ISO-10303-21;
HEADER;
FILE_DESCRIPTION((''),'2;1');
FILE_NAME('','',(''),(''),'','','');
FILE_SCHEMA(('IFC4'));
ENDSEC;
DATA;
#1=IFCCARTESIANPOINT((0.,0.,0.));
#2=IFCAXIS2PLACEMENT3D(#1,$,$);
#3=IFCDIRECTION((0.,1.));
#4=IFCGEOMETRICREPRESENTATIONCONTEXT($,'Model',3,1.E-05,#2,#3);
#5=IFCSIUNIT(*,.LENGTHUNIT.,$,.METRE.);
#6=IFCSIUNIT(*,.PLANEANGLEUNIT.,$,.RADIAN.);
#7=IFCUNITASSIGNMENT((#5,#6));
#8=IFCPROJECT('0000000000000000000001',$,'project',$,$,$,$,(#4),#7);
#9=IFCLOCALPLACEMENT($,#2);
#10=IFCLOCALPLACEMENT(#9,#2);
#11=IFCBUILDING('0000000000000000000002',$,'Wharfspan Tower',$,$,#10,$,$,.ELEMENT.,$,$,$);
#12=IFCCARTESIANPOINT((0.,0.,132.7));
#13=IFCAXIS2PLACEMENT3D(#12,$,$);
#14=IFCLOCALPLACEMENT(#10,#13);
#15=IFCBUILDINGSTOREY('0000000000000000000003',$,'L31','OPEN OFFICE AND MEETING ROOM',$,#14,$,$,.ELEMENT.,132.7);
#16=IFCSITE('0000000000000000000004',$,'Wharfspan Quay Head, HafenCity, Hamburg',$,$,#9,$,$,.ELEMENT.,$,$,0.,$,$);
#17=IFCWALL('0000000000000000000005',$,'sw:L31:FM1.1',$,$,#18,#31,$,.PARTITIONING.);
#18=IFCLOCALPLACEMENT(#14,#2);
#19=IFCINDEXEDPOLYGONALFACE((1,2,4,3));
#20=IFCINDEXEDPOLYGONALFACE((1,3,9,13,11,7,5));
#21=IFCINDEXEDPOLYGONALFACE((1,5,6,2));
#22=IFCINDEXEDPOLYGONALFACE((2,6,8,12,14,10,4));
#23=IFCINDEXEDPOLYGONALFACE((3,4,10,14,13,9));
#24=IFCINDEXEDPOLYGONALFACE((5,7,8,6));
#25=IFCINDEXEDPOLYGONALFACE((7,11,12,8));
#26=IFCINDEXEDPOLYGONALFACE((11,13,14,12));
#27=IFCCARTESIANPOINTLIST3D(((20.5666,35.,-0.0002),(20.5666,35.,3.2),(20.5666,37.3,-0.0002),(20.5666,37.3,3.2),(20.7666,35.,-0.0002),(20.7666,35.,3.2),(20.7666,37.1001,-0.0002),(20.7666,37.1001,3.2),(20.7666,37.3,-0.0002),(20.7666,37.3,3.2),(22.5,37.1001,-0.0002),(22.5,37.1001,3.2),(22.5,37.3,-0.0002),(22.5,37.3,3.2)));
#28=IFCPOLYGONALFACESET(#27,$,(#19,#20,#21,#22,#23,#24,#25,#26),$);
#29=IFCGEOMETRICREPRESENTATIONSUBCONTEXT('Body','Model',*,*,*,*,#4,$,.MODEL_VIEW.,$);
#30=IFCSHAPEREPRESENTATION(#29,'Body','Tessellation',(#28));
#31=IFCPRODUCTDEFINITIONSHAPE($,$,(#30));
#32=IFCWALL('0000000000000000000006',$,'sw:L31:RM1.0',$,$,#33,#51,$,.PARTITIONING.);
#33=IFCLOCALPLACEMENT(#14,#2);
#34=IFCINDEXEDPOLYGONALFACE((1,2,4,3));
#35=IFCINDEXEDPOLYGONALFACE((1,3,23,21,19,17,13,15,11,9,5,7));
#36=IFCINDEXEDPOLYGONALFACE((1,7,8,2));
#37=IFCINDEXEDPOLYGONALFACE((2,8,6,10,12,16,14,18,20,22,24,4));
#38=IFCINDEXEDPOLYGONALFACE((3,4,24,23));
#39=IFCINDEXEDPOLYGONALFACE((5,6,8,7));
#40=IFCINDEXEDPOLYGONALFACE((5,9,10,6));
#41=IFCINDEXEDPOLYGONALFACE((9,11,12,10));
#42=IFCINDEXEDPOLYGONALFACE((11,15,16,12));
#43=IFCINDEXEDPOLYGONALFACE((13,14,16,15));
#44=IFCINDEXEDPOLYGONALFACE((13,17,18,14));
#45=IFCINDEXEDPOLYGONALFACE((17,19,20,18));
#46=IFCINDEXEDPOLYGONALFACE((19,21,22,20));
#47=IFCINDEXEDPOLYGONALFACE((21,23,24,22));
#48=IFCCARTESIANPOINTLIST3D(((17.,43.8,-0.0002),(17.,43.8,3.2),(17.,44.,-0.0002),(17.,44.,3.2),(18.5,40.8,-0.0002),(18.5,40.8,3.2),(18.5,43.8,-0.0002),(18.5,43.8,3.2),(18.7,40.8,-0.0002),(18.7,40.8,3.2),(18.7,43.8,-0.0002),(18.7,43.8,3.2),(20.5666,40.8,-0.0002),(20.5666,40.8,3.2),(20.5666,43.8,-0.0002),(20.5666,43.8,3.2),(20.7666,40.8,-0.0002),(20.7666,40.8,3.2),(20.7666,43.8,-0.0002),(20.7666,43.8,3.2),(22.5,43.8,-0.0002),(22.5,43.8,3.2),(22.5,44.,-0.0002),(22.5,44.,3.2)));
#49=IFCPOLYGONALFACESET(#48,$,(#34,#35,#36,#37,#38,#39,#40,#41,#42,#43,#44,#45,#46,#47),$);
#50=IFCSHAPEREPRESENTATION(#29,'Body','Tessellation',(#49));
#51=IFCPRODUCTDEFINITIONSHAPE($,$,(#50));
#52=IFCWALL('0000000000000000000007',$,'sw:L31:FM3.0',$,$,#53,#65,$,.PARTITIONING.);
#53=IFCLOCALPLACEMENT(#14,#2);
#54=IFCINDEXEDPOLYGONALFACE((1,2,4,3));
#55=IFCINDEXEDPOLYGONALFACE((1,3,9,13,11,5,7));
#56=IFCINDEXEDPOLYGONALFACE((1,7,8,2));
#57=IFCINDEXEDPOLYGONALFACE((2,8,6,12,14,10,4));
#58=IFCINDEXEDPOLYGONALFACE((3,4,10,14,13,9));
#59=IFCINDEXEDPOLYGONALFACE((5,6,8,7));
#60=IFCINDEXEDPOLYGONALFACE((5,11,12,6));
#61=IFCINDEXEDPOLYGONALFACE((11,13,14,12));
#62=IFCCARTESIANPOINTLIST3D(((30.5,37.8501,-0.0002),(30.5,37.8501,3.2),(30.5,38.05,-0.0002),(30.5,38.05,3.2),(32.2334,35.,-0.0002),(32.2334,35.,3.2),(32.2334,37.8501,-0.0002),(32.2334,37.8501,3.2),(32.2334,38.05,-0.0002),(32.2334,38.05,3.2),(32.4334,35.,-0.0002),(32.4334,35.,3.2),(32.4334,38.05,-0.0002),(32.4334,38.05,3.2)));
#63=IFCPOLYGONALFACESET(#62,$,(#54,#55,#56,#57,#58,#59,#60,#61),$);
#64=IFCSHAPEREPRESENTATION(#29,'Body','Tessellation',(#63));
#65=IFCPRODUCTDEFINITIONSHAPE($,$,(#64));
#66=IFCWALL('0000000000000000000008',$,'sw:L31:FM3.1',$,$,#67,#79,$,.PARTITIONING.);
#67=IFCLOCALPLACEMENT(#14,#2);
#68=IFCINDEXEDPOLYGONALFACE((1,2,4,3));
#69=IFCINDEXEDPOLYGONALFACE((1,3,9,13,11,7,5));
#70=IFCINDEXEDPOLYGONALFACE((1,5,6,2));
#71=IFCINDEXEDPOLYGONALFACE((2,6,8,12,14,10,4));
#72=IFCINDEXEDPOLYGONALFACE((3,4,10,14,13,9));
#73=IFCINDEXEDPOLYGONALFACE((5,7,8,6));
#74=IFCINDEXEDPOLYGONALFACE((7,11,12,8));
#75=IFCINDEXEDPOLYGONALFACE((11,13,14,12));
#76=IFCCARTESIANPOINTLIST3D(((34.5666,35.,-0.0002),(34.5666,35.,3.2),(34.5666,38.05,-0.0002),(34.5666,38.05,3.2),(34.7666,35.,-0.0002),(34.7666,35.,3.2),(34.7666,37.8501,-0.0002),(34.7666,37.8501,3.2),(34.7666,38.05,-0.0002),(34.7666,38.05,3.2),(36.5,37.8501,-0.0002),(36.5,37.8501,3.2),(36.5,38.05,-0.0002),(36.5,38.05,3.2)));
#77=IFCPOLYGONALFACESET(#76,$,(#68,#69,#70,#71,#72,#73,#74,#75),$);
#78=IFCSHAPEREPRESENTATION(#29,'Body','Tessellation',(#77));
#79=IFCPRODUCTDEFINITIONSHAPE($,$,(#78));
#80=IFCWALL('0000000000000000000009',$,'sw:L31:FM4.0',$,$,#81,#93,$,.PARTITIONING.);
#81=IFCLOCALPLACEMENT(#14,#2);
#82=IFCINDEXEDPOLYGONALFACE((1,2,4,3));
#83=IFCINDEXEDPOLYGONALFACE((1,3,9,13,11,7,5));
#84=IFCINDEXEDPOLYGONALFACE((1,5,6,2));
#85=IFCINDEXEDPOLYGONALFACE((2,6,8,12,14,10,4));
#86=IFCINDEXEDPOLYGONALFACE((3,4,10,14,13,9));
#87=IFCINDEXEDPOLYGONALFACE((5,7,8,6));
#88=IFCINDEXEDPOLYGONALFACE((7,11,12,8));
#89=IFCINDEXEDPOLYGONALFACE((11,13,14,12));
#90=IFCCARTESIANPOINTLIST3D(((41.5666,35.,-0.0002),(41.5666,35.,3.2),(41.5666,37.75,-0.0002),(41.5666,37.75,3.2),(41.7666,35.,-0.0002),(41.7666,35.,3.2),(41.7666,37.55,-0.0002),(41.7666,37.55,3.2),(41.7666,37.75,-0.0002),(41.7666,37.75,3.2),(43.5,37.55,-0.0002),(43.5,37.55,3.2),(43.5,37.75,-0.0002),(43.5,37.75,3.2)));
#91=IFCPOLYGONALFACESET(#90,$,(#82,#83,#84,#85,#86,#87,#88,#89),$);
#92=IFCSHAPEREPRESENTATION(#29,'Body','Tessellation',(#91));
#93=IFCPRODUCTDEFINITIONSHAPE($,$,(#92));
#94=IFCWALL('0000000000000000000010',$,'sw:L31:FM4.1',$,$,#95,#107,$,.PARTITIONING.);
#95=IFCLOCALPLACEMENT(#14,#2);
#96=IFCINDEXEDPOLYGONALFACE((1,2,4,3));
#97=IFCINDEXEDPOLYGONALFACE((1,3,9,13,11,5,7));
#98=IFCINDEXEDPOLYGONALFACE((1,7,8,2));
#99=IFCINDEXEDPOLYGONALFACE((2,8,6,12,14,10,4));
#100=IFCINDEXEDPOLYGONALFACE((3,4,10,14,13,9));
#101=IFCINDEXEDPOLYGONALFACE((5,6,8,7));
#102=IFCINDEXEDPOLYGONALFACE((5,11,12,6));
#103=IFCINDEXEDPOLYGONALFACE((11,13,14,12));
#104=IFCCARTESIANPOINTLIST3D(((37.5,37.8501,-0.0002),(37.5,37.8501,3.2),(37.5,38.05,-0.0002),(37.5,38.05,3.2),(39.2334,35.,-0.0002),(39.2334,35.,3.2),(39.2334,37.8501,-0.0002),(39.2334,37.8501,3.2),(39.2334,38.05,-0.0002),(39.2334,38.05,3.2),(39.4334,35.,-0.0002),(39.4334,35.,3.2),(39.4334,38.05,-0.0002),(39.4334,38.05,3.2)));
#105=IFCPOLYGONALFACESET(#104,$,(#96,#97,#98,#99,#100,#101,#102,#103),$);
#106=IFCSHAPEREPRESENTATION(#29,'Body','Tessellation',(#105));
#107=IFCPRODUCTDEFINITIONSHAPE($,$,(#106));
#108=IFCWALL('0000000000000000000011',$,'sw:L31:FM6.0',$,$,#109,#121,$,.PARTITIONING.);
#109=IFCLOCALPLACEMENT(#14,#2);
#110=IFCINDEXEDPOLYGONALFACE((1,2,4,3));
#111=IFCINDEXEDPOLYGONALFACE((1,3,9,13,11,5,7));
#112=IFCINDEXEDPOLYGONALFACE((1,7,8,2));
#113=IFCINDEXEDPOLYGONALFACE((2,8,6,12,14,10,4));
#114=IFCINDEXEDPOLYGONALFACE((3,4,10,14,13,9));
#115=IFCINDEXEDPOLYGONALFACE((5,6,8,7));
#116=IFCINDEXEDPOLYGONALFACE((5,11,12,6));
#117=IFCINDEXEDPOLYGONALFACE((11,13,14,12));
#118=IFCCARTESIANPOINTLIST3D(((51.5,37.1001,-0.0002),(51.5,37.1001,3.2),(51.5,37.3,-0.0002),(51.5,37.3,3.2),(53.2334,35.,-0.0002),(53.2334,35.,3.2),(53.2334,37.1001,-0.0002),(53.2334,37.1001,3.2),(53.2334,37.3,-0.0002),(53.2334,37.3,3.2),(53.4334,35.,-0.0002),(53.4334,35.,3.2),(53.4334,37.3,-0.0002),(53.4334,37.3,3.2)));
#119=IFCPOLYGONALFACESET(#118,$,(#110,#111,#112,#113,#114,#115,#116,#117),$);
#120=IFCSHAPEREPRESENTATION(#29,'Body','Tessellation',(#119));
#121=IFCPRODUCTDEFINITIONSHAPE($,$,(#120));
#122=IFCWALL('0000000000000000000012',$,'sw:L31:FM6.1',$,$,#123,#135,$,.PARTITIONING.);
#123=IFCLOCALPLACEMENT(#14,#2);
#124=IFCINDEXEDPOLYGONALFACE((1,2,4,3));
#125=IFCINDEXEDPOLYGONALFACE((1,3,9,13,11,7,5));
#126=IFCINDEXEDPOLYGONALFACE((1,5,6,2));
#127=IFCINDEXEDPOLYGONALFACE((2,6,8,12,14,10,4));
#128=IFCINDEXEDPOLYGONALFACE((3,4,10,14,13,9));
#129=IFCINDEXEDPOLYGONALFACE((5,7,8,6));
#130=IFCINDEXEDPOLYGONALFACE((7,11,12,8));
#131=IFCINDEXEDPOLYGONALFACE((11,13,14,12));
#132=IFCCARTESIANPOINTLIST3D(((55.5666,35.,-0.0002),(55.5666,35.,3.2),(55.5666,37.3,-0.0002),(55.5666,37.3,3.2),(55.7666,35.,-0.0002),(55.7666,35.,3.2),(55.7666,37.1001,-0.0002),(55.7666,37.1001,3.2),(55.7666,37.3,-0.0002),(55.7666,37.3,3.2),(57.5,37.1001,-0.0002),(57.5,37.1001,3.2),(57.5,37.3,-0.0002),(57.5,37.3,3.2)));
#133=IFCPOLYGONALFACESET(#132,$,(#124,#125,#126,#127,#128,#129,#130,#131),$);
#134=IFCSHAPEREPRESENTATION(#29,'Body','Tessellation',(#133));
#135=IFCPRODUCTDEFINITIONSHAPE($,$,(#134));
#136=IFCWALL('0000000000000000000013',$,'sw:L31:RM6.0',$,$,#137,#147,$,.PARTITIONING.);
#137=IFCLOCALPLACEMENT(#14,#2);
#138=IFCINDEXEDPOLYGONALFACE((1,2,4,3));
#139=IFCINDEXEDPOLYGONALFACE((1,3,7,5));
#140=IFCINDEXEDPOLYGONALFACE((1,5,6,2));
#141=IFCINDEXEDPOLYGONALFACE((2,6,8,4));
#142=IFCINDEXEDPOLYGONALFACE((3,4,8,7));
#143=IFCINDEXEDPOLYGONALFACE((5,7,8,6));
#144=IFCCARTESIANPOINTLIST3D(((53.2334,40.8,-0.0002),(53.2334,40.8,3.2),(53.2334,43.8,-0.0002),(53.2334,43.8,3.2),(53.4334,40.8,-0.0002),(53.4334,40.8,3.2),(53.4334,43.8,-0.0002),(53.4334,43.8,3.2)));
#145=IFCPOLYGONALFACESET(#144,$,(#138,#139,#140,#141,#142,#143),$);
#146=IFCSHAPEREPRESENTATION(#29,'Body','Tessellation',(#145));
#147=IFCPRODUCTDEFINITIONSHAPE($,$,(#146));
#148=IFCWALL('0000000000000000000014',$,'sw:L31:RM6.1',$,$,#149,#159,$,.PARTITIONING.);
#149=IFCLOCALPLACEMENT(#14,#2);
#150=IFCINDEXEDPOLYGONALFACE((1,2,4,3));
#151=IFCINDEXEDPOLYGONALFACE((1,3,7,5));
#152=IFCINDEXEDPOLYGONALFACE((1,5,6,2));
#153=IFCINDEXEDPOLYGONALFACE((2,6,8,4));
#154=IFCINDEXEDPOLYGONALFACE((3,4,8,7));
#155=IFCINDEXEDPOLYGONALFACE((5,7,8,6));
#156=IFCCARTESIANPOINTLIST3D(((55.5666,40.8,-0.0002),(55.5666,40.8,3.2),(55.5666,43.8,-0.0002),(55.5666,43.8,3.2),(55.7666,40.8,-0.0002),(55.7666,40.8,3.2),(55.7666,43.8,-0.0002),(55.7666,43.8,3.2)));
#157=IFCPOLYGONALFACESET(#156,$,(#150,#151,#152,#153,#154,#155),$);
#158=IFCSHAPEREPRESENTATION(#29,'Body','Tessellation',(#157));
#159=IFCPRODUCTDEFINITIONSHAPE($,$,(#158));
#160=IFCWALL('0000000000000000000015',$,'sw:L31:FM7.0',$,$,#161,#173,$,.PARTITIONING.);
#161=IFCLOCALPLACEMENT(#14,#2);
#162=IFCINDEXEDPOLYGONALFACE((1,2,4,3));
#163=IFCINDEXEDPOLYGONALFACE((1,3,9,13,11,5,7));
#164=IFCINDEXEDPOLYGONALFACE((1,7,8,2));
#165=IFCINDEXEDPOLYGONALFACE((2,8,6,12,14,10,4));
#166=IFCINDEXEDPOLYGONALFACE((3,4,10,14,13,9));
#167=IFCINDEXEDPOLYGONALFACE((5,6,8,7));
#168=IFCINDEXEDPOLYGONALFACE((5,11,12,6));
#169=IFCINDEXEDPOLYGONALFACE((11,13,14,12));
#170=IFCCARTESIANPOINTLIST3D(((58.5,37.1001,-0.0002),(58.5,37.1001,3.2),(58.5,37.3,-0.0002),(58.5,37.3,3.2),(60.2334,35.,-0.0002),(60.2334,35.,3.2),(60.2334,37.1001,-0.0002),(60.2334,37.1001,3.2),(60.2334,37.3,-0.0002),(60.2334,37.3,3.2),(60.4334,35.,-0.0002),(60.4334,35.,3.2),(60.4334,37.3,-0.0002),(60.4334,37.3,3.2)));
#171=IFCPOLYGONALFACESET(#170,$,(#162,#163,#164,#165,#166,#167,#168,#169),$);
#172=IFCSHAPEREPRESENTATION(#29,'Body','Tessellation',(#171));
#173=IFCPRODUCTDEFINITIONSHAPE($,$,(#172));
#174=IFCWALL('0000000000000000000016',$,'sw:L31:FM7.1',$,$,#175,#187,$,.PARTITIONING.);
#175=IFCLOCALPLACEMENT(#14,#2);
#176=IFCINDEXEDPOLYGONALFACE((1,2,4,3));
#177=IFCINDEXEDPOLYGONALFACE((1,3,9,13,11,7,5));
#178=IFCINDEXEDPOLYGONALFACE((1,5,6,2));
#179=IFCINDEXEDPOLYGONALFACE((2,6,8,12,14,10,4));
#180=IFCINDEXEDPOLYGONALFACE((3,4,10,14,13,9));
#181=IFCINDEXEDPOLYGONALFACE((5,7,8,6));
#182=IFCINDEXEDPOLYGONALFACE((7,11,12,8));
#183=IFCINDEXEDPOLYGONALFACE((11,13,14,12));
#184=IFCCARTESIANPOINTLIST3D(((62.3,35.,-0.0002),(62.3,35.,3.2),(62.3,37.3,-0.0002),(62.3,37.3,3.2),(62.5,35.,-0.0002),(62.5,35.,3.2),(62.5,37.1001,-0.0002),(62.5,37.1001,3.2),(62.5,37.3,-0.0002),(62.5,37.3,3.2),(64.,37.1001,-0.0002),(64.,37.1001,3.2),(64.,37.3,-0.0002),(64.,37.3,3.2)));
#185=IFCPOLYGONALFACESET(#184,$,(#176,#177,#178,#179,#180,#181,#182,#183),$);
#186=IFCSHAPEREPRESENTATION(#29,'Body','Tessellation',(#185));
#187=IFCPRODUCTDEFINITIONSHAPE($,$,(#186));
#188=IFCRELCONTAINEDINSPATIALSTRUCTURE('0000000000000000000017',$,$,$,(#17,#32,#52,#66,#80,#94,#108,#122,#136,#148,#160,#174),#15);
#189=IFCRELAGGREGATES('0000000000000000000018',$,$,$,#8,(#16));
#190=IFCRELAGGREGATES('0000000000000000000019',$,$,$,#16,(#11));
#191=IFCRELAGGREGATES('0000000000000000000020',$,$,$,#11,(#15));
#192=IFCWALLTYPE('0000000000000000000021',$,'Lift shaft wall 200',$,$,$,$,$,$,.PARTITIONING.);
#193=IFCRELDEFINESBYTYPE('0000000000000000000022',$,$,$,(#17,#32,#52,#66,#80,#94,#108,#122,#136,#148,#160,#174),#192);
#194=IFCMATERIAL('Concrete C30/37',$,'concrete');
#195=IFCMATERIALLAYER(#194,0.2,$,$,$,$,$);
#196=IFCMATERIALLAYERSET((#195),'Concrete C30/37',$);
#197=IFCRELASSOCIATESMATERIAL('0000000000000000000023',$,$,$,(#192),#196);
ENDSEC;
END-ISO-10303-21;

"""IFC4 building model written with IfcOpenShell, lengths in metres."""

from ifc_helpers import new_model, si_unit, direction, frame, origin, place, context, subcontext, project, spatial, polyline, outline, extrude, material, layer, layer_set, type_object, element, save


model = new_model("IFC4")

# Units and contexts
model_context = context("Model", 3, precision=1e-05, world=origin(), true_north=direction((0.0, 1.0)))
body_context = subcontext(model_context, "Body", "Model", "MODEL_VIEW")
ifc_project = project(units=[si_unit("LENGTHUNIT", "METRE"), si_unit("PLANEANGLEUNIT", "RADIAN")], contexts=[model_context])

# Site, building, storey
site_placement = place(None, origin())
site = spatial("IfcSite", under=ifc_project, at=site_placement, Name="Wharfspan Quay Head, HafenCity, Hamburg", CompositionType="ELEMENT", RefElevation=0.0)
building_placement = place(site_placement, origin())
building = spatial("IfcBuilding", under=site, at=building_placement, Name="Wharfspan Tower", CompositionType="ELEMENT")
storey_placement = place(building_placement, frame((0.0, 0.0, 132.7)))
storey = spatial("IfcBuildingStorey", under=building, at=storey_placement, Name="L31", Description="OPEN OFFICE AND MEETING ROOM", CompositionType="ELEMENT", Elevation=132.7)

# Walls
ifc_material_1 = material(Name="Concrete C30/37", Category="concrete")
ifc_layer_1 = layer(ifc_material_1, 0.2)
ifc_layer_set_1 = layer_set([ifc_layer_1], Name="Concrete C30/37")
wall_type_1 = type_object("IfcWallType", Name="Lift shaft wall 200", PredefinedType="PARTITIONING", material=ifc_layer_set_1)
wall_1_placement = place(storey_placement, frame((0.0, 0.0, -0.0002)))
element("IfcWall", 1, at=wall_1_placement, inside=storey, type_object=wall_type_1, Name="sw:L31:FM1.1", PredefinedType="PARTITIONING", context=body_context, shape_type="SweptSolid", body=[
    extrude(outline(polyline([(20.5666, 37.3), (20.7666, 37.3), (22.5, 37.3), (22.5, 37.1001), (20.7666, 37.1001), (20.7666, 35.0), (20.5666, 35.0), (20.5666, 37.3)])), origin(), (0.0, 0.0, 1.0), 3.2002),
])
wall_2_placement = place(storey_placement, frame((0.0, 0.0, -0.0002)))
element("IfcWall", 2, at=wall_2_placement, inside=storey, type_object=wall_type_1, Name="sw:L31:RM1.0", PredefinedType="PARTITIONING", context=body_context, shape_type="SweptSolid", body=[
    extrude(outline(polyline([(18.7, 40.8), (18.5, 40.8), (18.5, 43.8), (17.0, 43.8), (17.0, 44.0), (22.5, 44.0), (22.5, 43.8), (20.7666, 43.8), (20.7666, 40.8), (20.5666, 40.8), (20.5666, 43.8), (18.7, 43.8), (18.7, 40.8)])), origin(), (0.0, 0.0, 1.0), 3.2002),
])
wall_3_placement = place(storey_placement, frame((0.0, 0.0, -0.0002)))
element("IfcWall", 3, at=wall_3_placement, inside=storey, type_object=wall_type_1, Name="sw:L31:FM3.0", PredefinedType="PARTITIONING", context=body_context, shape_type="SweptSolid", body=[
    extrude(outline(polyline([(32.2334, 37.8501), (30.5, 37.8501), (30.5, 38.05), (32.2334, 38.05), (32.4333, 38.05), (32.4333, 35.0), (32.2334, 35.0), (32.2334, 37.8501)])), origin(), (0.0, 0.0, 1.0), 3.2002),
])
wall_4_placement = place(storey_placement, frame((0.0, 0.0, -0.0002)))
element("IfcWall", 4, at=wall_4_placement, inside=storey, type_object=wall_type_1, Name="sw:L31:FM3.1", PredefinedType="PARTITIONING", context=body_context, shape_type="SweptSolid", body=[
    extrude(outline(polyline([(34.5667, 38.05), (34.7666, 38.05), (36.5, 38.05), (36.5, 37.8501), (34.7666, 37.8501), (34.7666, 35.0), (34.5667, 35.0), (34.5667, 38.05)])), origin(), (0.0, 0.0, 1.0), 3.2002),
])
wall_5_placement = place(storey_placement, frame((0.0, 0.0, -0.0002)))
element("IfcWall", 5, at=wall_5_placement, inside=storey, type_object=wall_type_1, Name="sw:L31:FM4.0", PredefinedType="PARTITIONING", context=body_context, shape_type="SweptSolid", body=[
    extrude(outline(polyline([(41.5667, 37.75), (41.7666, 37.75), (43.5, 37.75), (43.5, 37.55), (41.7666, 37.55), (41.7666, 35.0), (41.5667, 35.0), (41.5667, 37.75)])), origin(), (0.0, 0.0, 1.0), 3.2002),
])
wall_6_placement = place(storey_placement, frame((0.0, 0.0, -0.0002)))
element("IfcWall", 6, at=wall_6_placement, inside=storey, type_object=wall_type_1, Name="sw:L31:FM4.1", PredefinedType="PARTITIONING", context=body_context, shape_type="SweptSolid", body=[
    extrude(outline(polyline([(39.2334, 37.8501), (37.5, 37.8501), (37.5, 38.05), (39.2334, 38.05), (39.4333, 38.05), (39.4333, 35.0), (39.2334, 35.0), (39.2334, 37.8501)])), origin(), (0.0, 0.0, 1.0), 3.2002),
])
wall_7_placement = place(storey_placement, frame((0.0, 0.0, -0.0002)))
element("IfcWall", 7, at=wall_7_placement, inside=storey, type_object=wall_type_1, Name="sw:L31:FM6.0", PredefinedType="PARTITIONING", context=body_context, shape_type="SweptSolid", body=[
    extrude(outline(polyline([(53.2334, 37.1001), (51.5, 37.1001), (51.5, 37.3), (53.2334, 37.3), (53.4333, 37.3), (53.4333, 35.0), (53.2334, 35.0), (53.2334, 37.1001)])), origin(), (0.0, 0.0, 1.0), 3.2002),
])
wall_8_placement = place(storey_placement, frame((0.0, 0.0, -0.0002)))
element("IfcWall", 8, at=wall_8_placement, inside=storey, type_object=wall_type_1, Name="sw:L31:FM6.1", PredefinedType="PARTITIONING", context=body_context, shape_type="SweptSolid", body=[
    extrude(outline(polyline([(55.5667, 37.3), (55.7666, 37.3), (57.5, 37.3), (57.5, 37.1001), (55.7666, 37.1001), (55.7666, 35.0), (55.5667, 35.0), (55.5667, 37.3)])), origin(), (0.0, 0.0, 1.0), 3.2002),
])
wall_9_placement = place(storey_placement, frame((0.0, 0.0, -0.0002)))
element("IfcWall", 9, at=wall_9_placement, inside=storey, type_object=wall_type_1, Name="sw:L31:RM6.0", PredefinedType="PARTITIONING", context=body_context, shape_type="SweptSolid", body=[
    extrude(outline(polyline([(53.2334, 40.8), (53.2334, 43.8), (53.4333, 43.8), (53.4333, 40.8), (53.2334, 40.8)])), origin(), (0.0, 0.0, 1.0), 3.2002),
])
wall_10_placement = place(storey_placement, frame((0.0, 0.0, -0.0002)))
element("IfcWall", 10, at=wall_10_placement, inside=storey, type_object=wall_type_1, Name="sw:L31:RM6.1", PredefinedType="PARTITIONING", context=body_context, shape_type="SweptSolid", body=[
    extrude(outline(polyline([(55.5667, 40.8), (55.5667, 43.8), (55.7666, 43.8), (55.7666, 40.8), (55.5667, 40.8)])), origin(), (0.0, 0.0, 1.0), 3.2002),
])
wall_11_placement = place(storey_placement, frame((0.0, 0.0, -0.0002)))
element("IfcWall", 11, at=wall_11_placement, inside=storey, type_object=wall_type_1, Name="sw:L31:FM7.0", PredefinedType="PARTITIONING", context=body_context, shape_type="SweptSolid", body=[
    extrude(outline(polyline([(60.2334, 37.1001), (58.5, 37.1001), (58.5, 37.3), (60.2334, 37.3), (60.4333, 37.3), (60.4333, 35.0), (60.2334, 35.0), (60.2334, 37.1001)])), origin(), (0.0, 0.0, 1.0), 3.2002),
])
wall_12_placement = place(storey_placement, frame((0.0, 0.0, -0.0002)))
element("IfcWall", 12, at=wall_12_placement, inside=storey, type_object=wall_type_1, Name="sw:L31:FM7.1", PredefinedType="PARTITIONING", context=body_context, shape_type="SweptSolid", body=[
    extrude(outline(polyline([(62.3, 37.3), (62.5, 37.3), (64.0, 37.3), (64.0, 37.1001), (62.5, 37.1001), (62.5, 35.0), (62.3, 35.0), (62.3, 37.3)])), origin(), (0.0, 0.0, 1.0), 3.2002),
])

save(model, "model.ifc")
